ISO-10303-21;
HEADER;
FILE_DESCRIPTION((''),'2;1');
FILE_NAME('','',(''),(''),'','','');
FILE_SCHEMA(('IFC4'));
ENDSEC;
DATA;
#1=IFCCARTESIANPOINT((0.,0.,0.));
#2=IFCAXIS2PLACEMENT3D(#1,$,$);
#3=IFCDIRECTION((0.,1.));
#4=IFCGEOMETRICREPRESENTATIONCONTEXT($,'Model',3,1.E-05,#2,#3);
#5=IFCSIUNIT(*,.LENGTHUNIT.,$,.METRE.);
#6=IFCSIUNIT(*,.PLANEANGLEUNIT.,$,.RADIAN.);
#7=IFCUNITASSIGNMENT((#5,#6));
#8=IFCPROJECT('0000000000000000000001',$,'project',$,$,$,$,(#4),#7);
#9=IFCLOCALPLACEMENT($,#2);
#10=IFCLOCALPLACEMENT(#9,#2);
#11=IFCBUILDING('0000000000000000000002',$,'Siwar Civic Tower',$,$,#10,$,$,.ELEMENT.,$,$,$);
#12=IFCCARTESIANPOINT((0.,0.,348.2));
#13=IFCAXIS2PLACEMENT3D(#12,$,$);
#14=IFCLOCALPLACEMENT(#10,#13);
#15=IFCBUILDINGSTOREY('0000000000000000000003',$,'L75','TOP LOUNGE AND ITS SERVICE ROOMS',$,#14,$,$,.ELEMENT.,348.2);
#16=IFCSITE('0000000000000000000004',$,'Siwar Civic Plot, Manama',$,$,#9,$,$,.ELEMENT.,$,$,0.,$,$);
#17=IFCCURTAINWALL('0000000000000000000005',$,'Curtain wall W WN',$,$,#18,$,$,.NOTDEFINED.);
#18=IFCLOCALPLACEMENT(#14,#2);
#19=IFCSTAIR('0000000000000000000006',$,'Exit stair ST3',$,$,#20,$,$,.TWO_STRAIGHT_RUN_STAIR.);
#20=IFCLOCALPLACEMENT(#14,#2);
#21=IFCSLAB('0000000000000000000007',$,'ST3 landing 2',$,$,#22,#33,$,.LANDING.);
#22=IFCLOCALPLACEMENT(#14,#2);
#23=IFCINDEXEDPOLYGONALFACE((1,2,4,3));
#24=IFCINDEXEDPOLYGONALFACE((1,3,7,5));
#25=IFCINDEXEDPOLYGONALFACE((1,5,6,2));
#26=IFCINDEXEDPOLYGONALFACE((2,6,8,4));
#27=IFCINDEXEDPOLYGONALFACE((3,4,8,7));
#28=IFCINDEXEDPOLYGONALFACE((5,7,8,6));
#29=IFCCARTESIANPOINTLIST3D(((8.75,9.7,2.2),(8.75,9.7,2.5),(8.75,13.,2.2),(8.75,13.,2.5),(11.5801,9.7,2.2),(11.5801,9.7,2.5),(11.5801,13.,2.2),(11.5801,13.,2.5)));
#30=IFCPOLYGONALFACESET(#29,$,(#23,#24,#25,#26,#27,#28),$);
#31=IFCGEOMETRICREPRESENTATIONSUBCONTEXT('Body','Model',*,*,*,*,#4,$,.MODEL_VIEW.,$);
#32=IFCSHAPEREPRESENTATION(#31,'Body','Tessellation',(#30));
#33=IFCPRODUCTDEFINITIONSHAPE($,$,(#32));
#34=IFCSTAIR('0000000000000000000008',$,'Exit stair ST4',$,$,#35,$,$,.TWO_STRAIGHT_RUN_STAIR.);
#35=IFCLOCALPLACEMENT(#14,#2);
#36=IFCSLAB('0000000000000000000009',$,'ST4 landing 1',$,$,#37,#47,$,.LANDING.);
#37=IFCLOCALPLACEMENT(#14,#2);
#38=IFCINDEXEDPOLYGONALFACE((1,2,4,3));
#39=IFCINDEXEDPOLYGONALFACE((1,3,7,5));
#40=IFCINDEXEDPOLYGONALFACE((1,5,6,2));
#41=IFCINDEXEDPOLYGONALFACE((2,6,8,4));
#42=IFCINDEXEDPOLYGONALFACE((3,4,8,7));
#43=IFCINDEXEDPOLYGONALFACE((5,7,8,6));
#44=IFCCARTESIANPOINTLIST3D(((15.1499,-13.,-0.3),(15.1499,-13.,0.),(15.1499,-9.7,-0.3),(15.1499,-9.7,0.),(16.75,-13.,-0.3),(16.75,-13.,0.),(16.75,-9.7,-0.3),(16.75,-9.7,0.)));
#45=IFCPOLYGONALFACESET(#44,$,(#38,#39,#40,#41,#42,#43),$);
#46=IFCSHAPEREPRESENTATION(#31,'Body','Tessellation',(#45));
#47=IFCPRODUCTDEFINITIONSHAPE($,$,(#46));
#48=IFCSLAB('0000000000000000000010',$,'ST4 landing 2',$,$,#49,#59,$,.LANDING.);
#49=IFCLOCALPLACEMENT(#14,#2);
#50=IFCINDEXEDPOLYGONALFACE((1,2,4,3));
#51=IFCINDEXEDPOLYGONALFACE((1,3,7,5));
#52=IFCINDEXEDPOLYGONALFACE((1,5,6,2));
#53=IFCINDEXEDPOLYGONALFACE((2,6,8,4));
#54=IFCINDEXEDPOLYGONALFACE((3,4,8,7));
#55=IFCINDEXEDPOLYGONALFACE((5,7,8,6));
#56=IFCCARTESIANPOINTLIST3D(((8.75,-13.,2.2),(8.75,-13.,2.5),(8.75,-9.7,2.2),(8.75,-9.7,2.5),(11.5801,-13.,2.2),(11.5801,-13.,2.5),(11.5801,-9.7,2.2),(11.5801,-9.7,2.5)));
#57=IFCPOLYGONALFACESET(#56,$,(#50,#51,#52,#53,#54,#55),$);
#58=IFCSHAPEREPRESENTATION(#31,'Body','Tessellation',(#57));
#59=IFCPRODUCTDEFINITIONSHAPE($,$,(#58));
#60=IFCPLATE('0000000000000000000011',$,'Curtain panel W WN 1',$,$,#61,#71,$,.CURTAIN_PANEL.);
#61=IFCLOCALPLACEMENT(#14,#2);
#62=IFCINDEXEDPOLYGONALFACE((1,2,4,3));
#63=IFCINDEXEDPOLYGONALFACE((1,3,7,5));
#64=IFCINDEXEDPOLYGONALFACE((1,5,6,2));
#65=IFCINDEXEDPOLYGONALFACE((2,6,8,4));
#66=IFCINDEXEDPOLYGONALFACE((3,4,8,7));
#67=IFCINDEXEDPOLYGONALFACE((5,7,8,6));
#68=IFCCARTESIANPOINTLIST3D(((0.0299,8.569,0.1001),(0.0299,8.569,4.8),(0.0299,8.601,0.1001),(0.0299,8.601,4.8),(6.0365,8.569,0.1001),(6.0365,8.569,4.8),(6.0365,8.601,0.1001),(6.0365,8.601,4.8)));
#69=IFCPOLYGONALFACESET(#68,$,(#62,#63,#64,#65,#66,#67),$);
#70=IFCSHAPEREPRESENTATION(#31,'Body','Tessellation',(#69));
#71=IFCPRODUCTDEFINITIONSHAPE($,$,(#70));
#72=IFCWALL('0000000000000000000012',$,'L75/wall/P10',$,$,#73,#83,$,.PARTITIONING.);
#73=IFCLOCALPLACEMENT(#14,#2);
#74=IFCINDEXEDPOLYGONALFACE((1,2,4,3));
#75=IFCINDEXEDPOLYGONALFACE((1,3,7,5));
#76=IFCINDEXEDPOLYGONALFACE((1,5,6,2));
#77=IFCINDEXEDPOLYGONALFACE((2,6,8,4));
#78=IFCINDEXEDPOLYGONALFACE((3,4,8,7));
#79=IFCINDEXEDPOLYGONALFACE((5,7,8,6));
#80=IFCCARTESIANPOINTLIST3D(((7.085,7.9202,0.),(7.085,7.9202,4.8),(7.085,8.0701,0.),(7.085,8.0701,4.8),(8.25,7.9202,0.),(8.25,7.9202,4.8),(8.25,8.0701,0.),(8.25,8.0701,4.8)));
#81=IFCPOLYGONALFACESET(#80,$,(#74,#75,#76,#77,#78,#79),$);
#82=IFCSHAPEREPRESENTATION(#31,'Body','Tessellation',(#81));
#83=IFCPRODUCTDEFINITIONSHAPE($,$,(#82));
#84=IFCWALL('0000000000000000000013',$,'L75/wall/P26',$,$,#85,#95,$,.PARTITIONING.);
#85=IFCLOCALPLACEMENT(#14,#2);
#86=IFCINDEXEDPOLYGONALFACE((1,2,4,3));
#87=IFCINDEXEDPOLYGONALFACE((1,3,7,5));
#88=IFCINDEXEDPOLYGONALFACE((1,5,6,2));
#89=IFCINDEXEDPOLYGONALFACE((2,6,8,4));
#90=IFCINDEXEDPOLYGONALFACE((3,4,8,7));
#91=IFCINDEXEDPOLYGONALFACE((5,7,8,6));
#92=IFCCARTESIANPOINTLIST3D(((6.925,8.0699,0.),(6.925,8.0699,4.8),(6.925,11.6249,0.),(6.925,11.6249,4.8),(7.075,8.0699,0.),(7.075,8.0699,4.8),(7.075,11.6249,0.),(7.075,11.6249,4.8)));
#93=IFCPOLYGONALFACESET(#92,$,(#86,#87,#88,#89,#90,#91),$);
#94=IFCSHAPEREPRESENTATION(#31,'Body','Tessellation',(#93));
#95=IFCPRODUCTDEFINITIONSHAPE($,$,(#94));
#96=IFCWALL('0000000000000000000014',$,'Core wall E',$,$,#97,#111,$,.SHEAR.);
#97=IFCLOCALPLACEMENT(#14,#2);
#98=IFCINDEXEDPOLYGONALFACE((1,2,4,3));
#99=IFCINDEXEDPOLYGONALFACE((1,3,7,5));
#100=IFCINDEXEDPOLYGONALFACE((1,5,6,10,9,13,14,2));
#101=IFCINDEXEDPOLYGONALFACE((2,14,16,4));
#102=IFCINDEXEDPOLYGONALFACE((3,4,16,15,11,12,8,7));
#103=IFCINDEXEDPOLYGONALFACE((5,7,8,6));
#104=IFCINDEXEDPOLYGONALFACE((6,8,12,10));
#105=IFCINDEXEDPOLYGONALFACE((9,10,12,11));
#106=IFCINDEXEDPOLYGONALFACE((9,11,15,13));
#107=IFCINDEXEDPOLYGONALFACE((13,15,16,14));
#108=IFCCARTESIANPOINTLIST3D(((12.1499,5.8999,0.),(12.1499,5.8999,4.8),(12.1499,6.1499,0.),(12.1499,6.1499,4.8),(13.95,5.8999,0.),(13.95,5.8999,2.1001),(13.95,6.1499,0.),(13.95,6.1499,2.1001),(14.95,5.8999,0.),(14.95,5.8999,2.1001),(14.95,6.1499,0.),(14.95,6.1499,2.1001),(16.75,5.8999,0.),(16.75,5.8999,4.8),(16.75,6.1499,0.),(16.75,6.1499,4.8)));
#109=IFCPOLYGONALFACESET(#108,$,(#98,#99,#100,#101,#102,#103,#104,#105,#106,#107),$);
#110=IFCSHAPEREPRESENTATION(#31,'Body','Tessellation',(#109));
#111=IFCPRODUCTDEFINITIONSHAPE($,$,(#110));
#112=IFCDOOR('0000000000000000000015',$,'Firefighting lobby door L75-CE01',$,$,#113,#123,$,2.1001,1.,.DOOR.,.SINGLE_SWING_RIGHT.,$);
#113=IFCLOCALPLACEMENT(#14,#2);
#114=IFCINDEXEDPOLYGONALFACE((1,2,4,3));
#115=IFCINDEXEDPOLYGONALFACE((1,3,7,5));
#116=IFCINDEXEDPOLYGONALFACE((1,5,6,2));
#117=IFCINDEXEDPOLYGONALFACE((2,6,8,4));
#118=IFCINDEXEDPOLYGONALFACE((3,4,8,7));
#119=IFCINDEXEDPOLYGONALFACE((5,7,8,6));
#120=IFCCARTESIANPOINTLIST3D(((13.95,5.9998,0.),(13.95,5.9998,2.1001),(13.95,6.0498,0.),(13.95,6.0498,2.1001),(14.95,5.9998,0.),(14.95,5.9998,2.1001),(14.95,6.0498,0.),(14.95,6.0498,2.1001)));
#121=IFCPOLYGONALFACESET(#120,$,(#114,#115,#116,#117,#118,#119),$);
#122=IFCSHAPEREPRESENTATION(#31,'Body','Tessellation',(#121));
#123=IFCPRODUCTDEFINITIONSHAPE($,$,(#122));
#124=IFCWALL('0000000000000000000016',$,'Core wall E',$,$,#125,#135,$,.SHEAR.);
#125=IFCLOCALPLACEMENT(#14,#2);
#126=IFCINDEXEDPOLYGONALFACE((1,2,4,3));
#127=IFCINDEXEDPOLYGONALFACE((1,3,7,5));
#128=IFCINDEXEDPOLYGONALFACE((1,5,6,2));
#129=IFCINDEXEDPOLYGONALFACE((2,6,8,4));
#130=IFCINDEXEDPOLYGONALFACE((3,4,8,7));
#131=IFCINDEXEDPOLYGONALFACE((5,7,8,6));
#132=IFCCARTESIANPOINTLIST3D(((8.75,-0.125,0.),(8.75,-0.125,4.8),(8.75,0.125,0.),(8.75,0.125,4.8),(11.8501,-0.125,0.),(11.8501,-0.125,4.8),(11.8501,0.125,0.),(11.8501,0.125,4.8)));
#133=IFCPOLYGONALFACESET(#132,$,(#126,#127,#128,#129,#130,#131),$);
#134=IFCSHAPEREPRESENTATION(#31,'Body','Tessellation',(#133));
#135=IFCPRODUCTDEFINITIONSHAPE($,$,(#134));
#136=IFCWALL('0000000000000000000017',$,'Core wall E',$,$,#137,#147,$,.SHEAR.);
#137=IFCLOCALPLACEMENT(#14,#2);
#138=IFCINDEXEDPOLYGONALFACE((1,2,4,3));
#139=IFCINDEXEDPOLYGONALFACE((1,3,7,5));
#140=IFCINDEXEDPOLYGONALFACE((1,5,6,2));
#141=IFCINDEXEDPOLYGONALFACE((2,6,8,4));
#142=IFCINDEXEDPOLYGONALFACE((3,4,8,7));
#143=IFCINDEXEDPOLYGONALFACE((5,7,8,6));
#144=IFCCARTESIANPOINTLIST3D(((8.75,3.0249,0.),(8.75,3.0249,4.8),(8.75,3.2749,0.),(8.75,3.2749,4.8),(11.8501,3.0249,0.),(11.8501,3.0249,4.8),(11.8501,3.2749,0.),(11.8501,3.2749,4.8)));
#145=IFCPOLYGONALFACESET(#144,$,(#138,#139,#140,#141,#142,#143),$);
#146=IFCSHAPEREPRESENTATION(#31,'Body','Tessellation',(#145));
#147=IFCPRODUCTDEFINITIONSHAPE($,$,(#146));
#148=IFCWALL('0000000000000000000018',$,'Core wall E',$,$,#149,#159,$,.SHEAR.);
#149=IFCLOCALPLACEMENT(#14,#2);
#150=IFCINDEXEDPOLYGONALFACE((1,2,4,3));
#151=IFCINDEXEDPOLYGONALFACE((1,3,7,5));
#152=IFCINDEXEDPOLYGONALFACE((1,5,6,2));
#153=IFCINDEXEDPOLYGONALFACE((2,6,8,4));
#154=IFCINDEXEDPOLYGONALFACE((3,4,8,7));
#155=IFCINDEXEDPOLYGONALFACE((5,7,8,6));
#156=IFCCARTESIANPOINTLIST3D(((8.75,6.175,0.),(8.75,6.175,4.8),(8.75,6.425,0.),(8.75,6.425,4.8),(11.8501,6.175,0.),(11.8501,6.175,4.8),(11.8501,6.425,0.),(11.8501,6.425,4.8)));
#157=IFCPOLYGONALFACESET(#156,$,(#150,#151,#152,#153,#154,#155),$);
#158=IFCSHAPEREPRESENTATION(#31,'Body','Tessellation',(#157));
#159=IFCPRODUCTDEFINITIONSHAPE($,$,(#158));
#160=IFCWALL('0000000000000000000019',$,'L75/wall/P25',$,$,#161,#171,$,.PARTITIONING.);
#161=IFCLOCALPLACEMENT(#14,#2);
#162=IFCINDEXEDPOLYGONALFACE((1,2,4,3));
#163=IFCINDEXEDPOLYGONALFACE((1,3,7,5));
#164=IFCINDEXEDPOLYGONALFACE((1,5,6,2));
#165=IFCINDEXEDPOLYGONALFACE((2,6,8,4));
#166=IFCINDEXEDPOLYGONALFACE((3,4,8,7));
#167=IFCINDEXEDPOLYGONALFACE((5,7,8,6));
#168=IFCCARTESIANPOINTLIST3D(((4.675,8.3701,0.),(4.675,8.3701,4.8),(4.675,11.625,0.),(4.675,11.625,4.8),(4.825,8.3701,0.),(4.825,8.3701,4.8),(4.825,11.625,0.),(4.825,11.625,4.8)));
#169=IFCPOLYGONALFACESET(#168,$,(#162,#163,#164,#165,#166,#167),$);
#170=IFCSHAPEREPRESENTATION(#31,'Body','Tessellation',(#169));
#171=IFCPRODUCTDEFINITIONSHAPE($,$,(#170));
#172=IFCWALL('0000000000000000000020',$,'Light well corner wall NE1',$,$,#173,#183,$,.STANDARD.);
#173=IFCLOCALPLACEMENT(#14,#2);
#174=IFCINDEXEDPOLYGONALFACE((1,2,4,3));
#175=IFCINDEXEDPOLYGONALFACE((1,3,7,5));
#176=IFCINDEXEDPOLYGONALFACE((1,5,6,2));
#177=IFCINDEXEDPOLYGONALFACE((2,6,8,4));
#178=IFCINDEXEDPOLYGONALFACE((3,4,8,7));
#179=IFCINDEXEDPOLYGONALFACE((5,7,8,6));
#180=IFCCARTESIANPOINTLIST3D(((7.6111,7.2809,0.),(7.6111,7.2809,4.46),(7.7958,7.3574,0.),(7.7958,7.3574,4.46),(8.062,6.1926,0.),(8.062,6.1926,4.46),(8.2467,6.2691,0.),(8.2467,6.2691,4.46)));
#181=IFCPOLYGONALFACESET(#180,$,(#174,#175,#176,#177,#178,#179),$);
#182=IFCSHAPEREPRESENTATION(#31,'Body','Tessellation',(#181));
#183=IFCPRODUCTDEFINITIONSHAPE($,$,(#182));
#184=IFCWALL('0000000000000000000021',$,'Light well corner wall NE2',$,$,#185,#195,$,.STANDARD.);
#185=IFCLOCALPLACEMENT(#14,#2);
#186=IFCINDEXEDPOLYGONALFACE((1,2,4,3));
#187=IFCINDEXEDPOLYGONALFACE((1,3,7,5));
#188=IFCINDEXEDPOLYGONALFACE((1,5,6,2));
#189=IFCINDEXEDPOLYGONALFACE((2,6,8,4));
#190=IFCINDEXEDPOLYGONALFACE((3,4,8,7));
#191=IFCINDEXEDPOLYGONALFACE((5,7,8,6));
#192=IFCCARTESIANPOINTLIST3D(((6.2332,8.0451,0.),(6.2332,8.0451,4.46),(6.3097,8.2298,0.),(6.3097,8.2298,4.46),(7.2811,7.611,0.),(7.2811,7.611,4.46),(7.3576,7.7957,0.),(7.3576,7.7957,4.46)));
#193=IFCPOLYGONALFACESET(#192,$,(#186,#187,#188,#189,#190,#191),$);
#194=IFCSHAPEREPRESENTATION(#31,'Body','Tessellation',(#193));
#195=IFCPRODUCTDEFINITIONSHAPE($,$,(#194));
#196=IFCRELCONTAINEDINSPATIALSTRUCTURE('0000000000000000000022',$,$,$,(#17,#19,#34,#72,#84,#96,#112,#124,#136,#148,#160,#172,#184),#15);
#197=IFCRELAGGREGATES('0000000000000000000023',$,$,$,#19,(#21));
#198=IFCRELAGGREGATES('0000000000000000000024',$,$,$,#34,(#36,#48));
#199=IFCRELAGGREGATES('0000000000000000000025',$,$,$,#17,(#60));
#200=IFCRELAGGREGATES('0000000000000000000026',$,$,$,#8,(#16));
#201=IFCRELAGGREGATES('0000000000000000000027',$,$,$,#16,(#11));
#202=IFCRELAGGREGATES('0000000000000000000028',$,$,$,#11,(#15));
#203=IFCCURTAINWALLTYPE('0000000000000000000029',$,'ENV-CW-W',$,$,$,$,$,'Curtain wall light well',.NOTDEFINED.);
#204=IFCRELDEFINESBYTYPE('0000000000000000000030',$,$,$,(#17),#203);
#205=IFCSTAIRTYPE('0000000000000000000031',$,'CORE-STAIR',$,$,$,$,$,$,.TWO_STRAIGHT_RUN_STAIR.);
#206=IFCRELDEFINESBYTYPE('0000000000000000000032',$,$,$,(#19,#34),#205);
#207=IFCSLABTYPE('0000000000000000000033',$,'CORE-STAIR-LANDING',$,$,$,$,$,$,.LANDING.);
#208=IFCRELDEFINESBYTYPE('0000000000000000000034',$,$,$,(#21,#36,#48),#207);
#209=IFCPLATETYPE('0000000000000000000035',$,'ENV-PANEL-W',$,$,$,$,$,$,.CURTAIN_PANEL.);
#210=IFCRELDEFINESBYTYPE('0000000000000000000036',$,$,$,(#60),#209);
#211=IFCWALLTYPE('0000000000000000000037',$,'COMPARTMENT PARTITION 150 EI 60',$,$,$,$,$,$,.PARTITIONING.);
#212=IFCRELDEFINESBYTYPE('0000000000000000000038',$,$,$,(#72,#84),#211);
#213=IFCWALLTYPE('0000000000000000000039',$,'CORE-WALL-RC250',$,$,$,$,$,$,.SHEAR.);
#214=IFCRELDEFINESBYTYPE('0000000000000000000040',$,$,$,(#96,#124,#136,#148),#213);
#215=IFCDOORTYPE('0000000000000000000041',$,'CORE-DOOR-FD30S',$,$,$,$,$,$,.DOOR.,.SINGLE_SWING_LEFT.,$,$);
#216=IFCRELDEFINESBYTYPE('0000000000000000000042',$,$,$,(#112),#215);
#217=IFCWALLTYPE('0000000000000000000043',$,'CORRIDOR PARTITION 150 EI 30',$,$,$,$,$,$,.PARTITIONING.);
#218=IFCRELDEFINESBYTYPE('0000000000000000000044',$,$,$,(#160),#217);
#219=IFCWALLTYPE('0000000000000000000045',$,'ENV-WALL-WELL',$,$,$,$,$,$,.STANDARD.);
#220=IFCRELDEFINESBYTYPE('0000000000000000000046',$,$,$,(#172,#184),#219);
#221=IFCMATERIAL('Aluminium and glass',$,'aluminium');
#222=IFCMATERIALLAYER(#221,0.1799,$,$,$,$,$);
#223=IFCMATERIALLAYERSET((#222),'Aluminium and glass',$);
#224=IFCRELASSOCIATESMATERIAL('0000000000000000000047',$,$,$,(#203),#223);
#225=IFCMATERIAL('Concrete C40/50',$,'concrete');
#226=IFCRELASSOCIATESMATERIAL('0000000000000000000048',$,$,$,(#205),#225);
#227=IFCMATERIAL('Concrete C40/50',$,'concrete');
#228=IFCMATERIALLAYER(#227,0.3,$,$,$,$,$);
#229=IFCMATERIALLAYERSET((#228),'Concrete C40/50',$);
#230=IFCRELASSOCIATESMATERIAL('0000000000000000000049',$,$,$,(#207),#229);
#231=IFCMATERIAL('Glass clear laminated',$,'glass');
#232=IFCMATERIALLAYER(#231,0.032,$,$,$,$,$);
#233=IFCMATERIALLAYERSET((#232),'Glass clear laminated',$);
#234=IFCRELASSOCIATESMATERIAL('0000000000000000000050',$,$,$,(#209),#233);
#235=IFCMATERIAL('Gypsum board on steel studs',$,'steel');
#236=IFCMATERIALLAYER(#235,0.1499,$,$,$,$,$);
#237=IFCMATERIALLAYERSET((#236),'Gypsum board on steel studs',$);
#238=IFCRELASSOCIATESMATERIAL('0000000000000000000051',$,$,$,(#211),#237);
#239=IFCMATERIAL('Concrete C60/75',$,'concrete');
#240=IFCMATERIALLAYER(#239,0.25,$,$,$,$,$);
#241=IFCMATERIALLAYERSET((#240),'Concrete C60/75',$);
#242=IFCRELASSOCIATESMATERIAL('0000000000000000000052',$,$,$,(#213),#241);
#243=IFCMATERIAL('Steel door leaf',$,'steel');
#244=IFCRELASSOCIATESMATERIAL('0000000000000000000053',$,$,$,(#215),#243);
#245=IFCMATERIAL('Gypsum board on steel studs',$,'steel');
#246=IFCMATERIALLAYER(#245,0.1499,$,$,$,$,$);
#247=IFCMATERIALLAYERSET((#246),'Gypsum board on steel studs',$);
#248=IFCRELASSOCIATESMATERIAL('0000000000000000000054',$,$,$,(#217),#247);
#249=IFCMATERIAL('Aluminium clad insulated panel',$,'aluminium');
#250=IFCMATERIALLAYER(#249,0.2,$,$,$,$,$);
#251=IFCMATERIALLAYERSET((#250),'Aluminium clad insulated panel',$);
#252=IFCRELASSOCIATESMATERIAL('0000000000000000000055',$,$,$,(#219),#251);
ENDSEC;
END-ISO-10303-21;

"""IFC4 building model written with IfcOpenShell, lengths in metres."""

from ifc_helpers import new_model, si_unit, direction, frame, frame_2d, origin, origin_2d, place, context, subcontext, project, spatial, polyline, rectangle, outline, extrude, material, layer, layer_set, type_object, element, fill, aggregate, save


model = new_model("IFC4")

# Units and contexts
model_context = context("Model", 3, precision=1e-05, world=origin(), true_north=direction((0.0, 1.0)))
body_context = subcontext(model_context, "Body", "Model", "MODEL_VIEW")
ifc_project = project(units=[si_unit("LENGTHUNIT", "METRE"), si_unit("PLANEANGLEUNIT", "RADIAN")], contexts=[model_context])

# Site, building, storey
site_placement = place(None, origin())
site = spatial("IfcSite", under=ifc_project, at=site_placement, Name="Siwar Civic Plot, Manama", CompositionType="ELEMENT", RefElevation=0.0)
building_placement = place(site_placement, origin())
building = spatial("IfcBuilding", under=site, at=building_placement, Name="Siwar Civic Tower", CompositionType="ELEMENT")
storey_placement = place(building_placement, frame((0.0, 0.0, 348.2)))
storey = spatial("IfcBuildingStorey", under=building, at=storey_placement, Name="L75", Description="TOP LOUNGE AND ITS SERVICE ROOMS", CompositionType="ELEMENT", Elevation=348.2)

# Curtain wall
ifc_material_1 = material(Name="Aluminium and glass", Category="aluminium")
ifc_layer_1 = layer(ifc_material_1, 0.1799)
ifc_layer_set_1 = layer_set([ifc_layer_1], Name="Aluminium and glass")
curtain_wall_type = type_object("IfcCurtainWallType", Name="ENV-CW-W", ElementType="Curtain wall light well", PredefinedType="NOTDEFINED", material=ifc_layer_set_1)
curtain_wall_placement = place(storey_placement, origin())
curtain_wall = element("IfcCurtainWall", 1, at=curtain_wall_placement, inside=storey, type_object=curtain_wall_type, Name="Curtain wall W WN", PredefinedType="NOTDEFINED")

# Stair, slab
ifc_material_2 = material(Name="Concrete C40/50", Category="concrete")
stair_type = type_object("IfcStairType", Name="CORE-STAIR", PredefinedType="TWO_STRAIGHT_RUN_STAIR", material=ifc_material_2)
stair_1_placement = place(storey_placement, origin())
stair_1 = element("IfcStair", 2, at=stair_1_placement, inside=storey, type_object=stair_type, Name="Exit stair ST3", PredefinedType="TWO_STRAIGHT_RUN_STAIR")
ifc_material_3 = material(Name="Concrete C40/50", Category="concrete")
ifc_layer_2 = layer(ifc_material_3, 0.3)
ifc_layer_set_2 = layer_set([ifc_layer_2], Name="Concrete C40/50")
slab_type = type_object("IfcSlabType", Name="CORE-STAIR-LANDING", PredefinedType="LANDING", material=ifc_layer_set_2)
slab_1_placement = place(storey_placement, frame((0.0, 0.0, 2.2)))
slab_1 = element("IfcSlab", 3, at=slab_1_placement, type_object=slab_type, Name="ST3 landing 2", PredefinedType="LANDING", context=body_context, shape_type="SweptSolid", body=[
    extrude(outline(polyline([(8.75, 9.7), (11.5801, 9.7), (11.5801, 13.0), (8.75, 13.0), (8.75, 9.7)])), origin(), (0.0, 0.0, 1.0), 0.3),
])
aggregate(stair_1, [slab_1])

# Stair, slabs
stair_2_placement = place(storey_placement, origin())
stair_2 = element("IfcStair", 4, at=stair_2_placement, inside=storey, type_object=stair_type, Name="Exit stair ST4", PredefinedType="TWO_STRAIGHT_RUN_STAIR")
slab_2_placement = place(storey_placement, frame((0.0, 0.0, -0.3)))
slab_2 = element("IfcSlab", 5, at=slab_2_placement, type_object=slab_type, Name="ST4 landing 1", PredefinedType="LANDING", context=body_context, shape_type="SweptSolid", body=[
    extrude(outline(polyline([(15.1499, -13.0), (16.75, -13.0), (16.75, -9.7), (15.1499, -9.7), (15.1499, -13.0)])), origin(), (0.0, 0.0, 1.0), 0.3),
])
slab_3_placement = place(storey_placement, frame((0.0, 0.0, 2.2)))
slab_3 = element("IfcSlab", 6, at=slab_3_placement, type_object=slab_type, Name="ST4 landing 2", PredefinedType="LANDING", context=body_context, shape_type="SweptSolid", body=[
    extrude(outline(polyline([(8.75, -13.0), (11.5801, -13.0), (11.5801, -9.7), (8.75, -9.7), (8.75, -13.0)])), origin(), (0.0, 0.0, 1.0), 0.3),
])
aggregate(stair_2, [slab_2, slab_3])

# Plate
ifc_material_4 = material(Name="Glass clear laminated", Category="glass")
ifc_layer_3 = layer(ifc_material_4, 0.032)
ifc_layer_set_3 = layer_set([ifc_layer_3], Name="Glass clear laminated")
plate_type = type_object("IfcPlateType", Name="ENV-PANEL-W", PredefinedType="CURTAIN_PANEL", material=ifc_layer_set_3)
plate_placement = place(storey_placement, frame((3.0332, 8.585, 0.1001), z_axis=(0.0, 0.0, 1.0), x_axis=(-1.0, 0.0, 0.0)))
plate = element("IfcPlate", 7, at=plate_placement, type_object=plate_type, Name="Curtain panel W WN 1", PredefinedType="CURTAIN_PANEL", context=body_context, shape_type="SweptSolid", body=[
    extrude(rectangle(XDim=6.0066, YDim=0.032, at=origin_2d()), origin(), (0.0, 0.0, 1.0), 4.7),
])
aggregate(curtain_wall, [plate])

# Walls
ifc_material_5 = material(Name="Gypsum board on steel studs", Category="steel")
ifc_layer_4 = layer(ifc_material_5, 0.1499)
ifc_layer_set_4 = layer_set([ifc_layer_4], Name="Gypsum board on steel studs")
wall_type_1 = type_object("IfcWallType", Name="COMPARTMENT PARTITION 150 EI 60", PredefinedType="PARTITIONING", material=ifc_layer_set_4)
wall_1_placement = place(storey_placement, frame((7.085, 7.9951, 0.0), z_axis=(0.0, 0.0, 1.0), x_axis=(1.0, 0.0, 0.0)))
element("IfcWall", 8, at=wall_1_placement, inside=storey, type_object=wall_type_1, Name="L75/wall/P10", PredefinedType="PARTITIONING", context=body_context, shape_type="SweptSolid", body=[
    extrude(rectangle(XDim=1.165, YDim=0.1499, at=frame_2d((0.5825, 0.0))), origin(), (0.0, 0.0, 1.0), 4.8),
])
wall_2_placement = place(storey_placement, frame((7.0, 8.0701, 0.0), z_axis=(0.0, 0.0, 1.0), x_axis=(0.0, 1.0, 0.0)))
element("IfcWall", 9, at=wall_2_placement, inside=storey, type_object=wall_type_1, Name="L75/wall/P26", PredefinedType="PARTITIONING", context=body_context, shape_type="SweptSolid", body=[
    extrude(rectangle(XDim=3.5549, YDim=0.1499, at=frame_2d((1.7773, 0.0))), origin(), (0.0, 0.0, 1.0), 4.8),
])

# Wall, opening, door
ifc_material_6 = material(Name="Concrete C60/75", Category="concrete")
ifc_layer_5 = layer(ifc_material_6, 0.25)
ifc_layer_set_5 = layer_set([ifc_layer_5], Name="Concrete C60/75")
wall_type_2 = type_object("IfcWallType", Name="CORE-WALL-RC250", PredefinedType="SHEAR", material=ifc_layer_set_5)
wall_3_placement = place(storey_placement, frame((12.1499, 6.0249, 0.0), z_axis=(0.0, 0.0, 1.0), x_axis=(1.0, 0.0, 0.0)))
wall_3 = element("IfcWall", 10, at=wall_3_placement, inside=storey, type_object=wall_type_2, Name="Core wall E", PredefinedType="SHEAR", context=body_context, shape_type="SweptSolid", body=[
    extrude(rectangle(XDim=4.6001, YDim=0.25, at=frame_2d((2.3, 0.0))), origin(), (0.0, 0.0, 1.0), 4.8),
])
opening_placement = place(wall_3_placement, frame((1.8, 0.0, 0.0)))
opening = element("IfcOpeningElement", 11, at=opening_placement, cuts=wall_3, PredefinedType="OPENING", context=body_context, shape_type="SweptSolid", body=[
    extrude(rectangle(XDim=1.0, YDim=2.1001, at=frame_2d((0.5, 1.05))), frame((0.0, 0.135, 0.0), z_axis=(0.0, -1.0, 0.0), x_axis=(1.0, 0.0, 0.0)), (0.0, 0.0, 1.0), 0.27),
])
ifc_material_7 = material(Name="Steel door leaf", Category="steel")
door_type = type_object("IfcDoorType", Name="CORE-DOOR-FD30S", OperationType="SINGLE_SWING_LEFT", PredefinedType="DOOR", material=ifc_material_7)
door_placement = place(opening_placement, origin())
door = element("IfcDoor", 12, at=door_placement, inside=storey, type_object=door_type, Name="Firefighting lobby door L75-CE01", OperationType="SINGLE_SWING_RIGHT", OverallHeight=2.1001, OverallWidth=1.0, PredefinedType="DOOR", context=body_context, shape_type="SweptSolid", body=[
    extrude(rectangle(XDim=1.0, YDim=2.1001, at=frame_2d((0.5, 1.05))), frame((0.0, 0.0249, 0.0), z_axis=(0.0, -1.0, 0.0), x_axis=(1.0, 0.0, 0.0)), (0.0, 0.0, 1.0), 0.05),
])
fill(opening, door)

# Walls
for number, where, z_axis, x_axis, name in (
    (13, (8.75, 0.0, 0.0), (0.0, 0.0, 1.0), (1.0, 0.0, 0.0), "Core wall E"),
    (14, (8.75, 3.1499, 0.0), (0.0, 0.0, 1.0), (1.0, 0.0, 0.0), "Core wall E"),
    (15, (8.75, 6.3, 0.0), (0.0, 0.0, 1.0), (1.0, 0.0, 0.0), "Core wall E"),
):
    element("IfcWall", number, at=place(storey_placement, frame(where, z_axis=z_axis, x_axis=x_axis)), inside=storey, type_object=wall_type_2, Name=name, PredefinedType="SHEAR", context=body_context, shape_type="SweptSolid", body=[
        extrude(rectangle(XDim=3.1001, YDim=0.25, at=frame_2d((1.55, 0.0))), origin(), (0.0, 0.0, 1.0), 4.8),
    ])
ifc_material_8 = material(Name="Gypsum board on steel studs", Category="steel")
ifc_layer_6 = layer(ifc_material_8, 0.1499)
ifc_layer_set_6 = layer_set([ifc_layer_6], Name="Gypsum board on steel studs")
wall_type_3 = type_object("IfcWallType", Name="CORRIDOR PARTITION 150 EI 30", PredefinedType="PARTITIONING", material=ifc_layer_set_6)
wall_4_placement = place(storey_placement, frame((4.75, 8.3701, 0.0), z_axis=(0.0, 0.0, 1.0), x_axis=(0.0, 1.0, 0.0)))
element("IfcWall", 16, at=wall_4_placement, inside=storey, type_object=wall_type_3, Name="L75/wall/P25", PredefinedType="PARTITIONING", context=body_context, shape_type="SweptSolid", body=[
    extrude(rectangle(XDim=3.2549, YDim=0.1499, at=frame_2d((1.6274, 0.0))), origin(), (0.0, 0.0, 1.0), 4.8),
])
ifc_material_9 = material(Name="Aluminium clad insulated panel", Category="aluminium")
ifc_layer_7 = layer(ifc_material_9, 0.2)
ifc_layer_set_7 = layer_set([ifc_layer_7], Name="Aluminium clad insulated panel")
wall_type_4 = type_object("IfcWallType", Name="ENV-WALL-WELL", PredefinedType="STANDARD", material=ifc_layer_set_7)
wall_5_placement = place(storey_placement, frame((8.1543, 6.231, 0.0), z_axis=(0.0, 0.0, 1.0), x_axis=(-0.382761, 0.923848, 0.0)))
element("IfcWall", 17, at=wall_5_placement, inside=storey, type_object=wall_type_4, Name="Light well corner wall NE1", PredefinedType="STANDARD", context=body_context, shape_type="SweptSolid", body=[
    extrude(rectangle(XDim=1.178, YDim=0.2, at=frame_2d((0.5889, 0.0))), origin(), (0.0, 0.0, 1.0), 4.46),
])
wall_6_placement = place(storey_placement, frame((7.3193, 7.7034, 0.0), z_axis=(0.0, 0.0, 1.0), x_axis=(-0.923865, 0.382719, 0.0)))
element("IfcWall", 18, at=wall_6_placement, inside=storey, type_object=wall_type_4, Name="Light well corner wall NE2", PredefinedType="STANDARD", context=body_context, shape_type="SweptSolid", body=[
    extrude(rectangle(XDim=1.1343, YDim=0.2, at=frame_2d((0.5671, 0.0))), origin(), (0.0, 0.0, 1.0), 4.46),
])

save(model, "model.ifc")
